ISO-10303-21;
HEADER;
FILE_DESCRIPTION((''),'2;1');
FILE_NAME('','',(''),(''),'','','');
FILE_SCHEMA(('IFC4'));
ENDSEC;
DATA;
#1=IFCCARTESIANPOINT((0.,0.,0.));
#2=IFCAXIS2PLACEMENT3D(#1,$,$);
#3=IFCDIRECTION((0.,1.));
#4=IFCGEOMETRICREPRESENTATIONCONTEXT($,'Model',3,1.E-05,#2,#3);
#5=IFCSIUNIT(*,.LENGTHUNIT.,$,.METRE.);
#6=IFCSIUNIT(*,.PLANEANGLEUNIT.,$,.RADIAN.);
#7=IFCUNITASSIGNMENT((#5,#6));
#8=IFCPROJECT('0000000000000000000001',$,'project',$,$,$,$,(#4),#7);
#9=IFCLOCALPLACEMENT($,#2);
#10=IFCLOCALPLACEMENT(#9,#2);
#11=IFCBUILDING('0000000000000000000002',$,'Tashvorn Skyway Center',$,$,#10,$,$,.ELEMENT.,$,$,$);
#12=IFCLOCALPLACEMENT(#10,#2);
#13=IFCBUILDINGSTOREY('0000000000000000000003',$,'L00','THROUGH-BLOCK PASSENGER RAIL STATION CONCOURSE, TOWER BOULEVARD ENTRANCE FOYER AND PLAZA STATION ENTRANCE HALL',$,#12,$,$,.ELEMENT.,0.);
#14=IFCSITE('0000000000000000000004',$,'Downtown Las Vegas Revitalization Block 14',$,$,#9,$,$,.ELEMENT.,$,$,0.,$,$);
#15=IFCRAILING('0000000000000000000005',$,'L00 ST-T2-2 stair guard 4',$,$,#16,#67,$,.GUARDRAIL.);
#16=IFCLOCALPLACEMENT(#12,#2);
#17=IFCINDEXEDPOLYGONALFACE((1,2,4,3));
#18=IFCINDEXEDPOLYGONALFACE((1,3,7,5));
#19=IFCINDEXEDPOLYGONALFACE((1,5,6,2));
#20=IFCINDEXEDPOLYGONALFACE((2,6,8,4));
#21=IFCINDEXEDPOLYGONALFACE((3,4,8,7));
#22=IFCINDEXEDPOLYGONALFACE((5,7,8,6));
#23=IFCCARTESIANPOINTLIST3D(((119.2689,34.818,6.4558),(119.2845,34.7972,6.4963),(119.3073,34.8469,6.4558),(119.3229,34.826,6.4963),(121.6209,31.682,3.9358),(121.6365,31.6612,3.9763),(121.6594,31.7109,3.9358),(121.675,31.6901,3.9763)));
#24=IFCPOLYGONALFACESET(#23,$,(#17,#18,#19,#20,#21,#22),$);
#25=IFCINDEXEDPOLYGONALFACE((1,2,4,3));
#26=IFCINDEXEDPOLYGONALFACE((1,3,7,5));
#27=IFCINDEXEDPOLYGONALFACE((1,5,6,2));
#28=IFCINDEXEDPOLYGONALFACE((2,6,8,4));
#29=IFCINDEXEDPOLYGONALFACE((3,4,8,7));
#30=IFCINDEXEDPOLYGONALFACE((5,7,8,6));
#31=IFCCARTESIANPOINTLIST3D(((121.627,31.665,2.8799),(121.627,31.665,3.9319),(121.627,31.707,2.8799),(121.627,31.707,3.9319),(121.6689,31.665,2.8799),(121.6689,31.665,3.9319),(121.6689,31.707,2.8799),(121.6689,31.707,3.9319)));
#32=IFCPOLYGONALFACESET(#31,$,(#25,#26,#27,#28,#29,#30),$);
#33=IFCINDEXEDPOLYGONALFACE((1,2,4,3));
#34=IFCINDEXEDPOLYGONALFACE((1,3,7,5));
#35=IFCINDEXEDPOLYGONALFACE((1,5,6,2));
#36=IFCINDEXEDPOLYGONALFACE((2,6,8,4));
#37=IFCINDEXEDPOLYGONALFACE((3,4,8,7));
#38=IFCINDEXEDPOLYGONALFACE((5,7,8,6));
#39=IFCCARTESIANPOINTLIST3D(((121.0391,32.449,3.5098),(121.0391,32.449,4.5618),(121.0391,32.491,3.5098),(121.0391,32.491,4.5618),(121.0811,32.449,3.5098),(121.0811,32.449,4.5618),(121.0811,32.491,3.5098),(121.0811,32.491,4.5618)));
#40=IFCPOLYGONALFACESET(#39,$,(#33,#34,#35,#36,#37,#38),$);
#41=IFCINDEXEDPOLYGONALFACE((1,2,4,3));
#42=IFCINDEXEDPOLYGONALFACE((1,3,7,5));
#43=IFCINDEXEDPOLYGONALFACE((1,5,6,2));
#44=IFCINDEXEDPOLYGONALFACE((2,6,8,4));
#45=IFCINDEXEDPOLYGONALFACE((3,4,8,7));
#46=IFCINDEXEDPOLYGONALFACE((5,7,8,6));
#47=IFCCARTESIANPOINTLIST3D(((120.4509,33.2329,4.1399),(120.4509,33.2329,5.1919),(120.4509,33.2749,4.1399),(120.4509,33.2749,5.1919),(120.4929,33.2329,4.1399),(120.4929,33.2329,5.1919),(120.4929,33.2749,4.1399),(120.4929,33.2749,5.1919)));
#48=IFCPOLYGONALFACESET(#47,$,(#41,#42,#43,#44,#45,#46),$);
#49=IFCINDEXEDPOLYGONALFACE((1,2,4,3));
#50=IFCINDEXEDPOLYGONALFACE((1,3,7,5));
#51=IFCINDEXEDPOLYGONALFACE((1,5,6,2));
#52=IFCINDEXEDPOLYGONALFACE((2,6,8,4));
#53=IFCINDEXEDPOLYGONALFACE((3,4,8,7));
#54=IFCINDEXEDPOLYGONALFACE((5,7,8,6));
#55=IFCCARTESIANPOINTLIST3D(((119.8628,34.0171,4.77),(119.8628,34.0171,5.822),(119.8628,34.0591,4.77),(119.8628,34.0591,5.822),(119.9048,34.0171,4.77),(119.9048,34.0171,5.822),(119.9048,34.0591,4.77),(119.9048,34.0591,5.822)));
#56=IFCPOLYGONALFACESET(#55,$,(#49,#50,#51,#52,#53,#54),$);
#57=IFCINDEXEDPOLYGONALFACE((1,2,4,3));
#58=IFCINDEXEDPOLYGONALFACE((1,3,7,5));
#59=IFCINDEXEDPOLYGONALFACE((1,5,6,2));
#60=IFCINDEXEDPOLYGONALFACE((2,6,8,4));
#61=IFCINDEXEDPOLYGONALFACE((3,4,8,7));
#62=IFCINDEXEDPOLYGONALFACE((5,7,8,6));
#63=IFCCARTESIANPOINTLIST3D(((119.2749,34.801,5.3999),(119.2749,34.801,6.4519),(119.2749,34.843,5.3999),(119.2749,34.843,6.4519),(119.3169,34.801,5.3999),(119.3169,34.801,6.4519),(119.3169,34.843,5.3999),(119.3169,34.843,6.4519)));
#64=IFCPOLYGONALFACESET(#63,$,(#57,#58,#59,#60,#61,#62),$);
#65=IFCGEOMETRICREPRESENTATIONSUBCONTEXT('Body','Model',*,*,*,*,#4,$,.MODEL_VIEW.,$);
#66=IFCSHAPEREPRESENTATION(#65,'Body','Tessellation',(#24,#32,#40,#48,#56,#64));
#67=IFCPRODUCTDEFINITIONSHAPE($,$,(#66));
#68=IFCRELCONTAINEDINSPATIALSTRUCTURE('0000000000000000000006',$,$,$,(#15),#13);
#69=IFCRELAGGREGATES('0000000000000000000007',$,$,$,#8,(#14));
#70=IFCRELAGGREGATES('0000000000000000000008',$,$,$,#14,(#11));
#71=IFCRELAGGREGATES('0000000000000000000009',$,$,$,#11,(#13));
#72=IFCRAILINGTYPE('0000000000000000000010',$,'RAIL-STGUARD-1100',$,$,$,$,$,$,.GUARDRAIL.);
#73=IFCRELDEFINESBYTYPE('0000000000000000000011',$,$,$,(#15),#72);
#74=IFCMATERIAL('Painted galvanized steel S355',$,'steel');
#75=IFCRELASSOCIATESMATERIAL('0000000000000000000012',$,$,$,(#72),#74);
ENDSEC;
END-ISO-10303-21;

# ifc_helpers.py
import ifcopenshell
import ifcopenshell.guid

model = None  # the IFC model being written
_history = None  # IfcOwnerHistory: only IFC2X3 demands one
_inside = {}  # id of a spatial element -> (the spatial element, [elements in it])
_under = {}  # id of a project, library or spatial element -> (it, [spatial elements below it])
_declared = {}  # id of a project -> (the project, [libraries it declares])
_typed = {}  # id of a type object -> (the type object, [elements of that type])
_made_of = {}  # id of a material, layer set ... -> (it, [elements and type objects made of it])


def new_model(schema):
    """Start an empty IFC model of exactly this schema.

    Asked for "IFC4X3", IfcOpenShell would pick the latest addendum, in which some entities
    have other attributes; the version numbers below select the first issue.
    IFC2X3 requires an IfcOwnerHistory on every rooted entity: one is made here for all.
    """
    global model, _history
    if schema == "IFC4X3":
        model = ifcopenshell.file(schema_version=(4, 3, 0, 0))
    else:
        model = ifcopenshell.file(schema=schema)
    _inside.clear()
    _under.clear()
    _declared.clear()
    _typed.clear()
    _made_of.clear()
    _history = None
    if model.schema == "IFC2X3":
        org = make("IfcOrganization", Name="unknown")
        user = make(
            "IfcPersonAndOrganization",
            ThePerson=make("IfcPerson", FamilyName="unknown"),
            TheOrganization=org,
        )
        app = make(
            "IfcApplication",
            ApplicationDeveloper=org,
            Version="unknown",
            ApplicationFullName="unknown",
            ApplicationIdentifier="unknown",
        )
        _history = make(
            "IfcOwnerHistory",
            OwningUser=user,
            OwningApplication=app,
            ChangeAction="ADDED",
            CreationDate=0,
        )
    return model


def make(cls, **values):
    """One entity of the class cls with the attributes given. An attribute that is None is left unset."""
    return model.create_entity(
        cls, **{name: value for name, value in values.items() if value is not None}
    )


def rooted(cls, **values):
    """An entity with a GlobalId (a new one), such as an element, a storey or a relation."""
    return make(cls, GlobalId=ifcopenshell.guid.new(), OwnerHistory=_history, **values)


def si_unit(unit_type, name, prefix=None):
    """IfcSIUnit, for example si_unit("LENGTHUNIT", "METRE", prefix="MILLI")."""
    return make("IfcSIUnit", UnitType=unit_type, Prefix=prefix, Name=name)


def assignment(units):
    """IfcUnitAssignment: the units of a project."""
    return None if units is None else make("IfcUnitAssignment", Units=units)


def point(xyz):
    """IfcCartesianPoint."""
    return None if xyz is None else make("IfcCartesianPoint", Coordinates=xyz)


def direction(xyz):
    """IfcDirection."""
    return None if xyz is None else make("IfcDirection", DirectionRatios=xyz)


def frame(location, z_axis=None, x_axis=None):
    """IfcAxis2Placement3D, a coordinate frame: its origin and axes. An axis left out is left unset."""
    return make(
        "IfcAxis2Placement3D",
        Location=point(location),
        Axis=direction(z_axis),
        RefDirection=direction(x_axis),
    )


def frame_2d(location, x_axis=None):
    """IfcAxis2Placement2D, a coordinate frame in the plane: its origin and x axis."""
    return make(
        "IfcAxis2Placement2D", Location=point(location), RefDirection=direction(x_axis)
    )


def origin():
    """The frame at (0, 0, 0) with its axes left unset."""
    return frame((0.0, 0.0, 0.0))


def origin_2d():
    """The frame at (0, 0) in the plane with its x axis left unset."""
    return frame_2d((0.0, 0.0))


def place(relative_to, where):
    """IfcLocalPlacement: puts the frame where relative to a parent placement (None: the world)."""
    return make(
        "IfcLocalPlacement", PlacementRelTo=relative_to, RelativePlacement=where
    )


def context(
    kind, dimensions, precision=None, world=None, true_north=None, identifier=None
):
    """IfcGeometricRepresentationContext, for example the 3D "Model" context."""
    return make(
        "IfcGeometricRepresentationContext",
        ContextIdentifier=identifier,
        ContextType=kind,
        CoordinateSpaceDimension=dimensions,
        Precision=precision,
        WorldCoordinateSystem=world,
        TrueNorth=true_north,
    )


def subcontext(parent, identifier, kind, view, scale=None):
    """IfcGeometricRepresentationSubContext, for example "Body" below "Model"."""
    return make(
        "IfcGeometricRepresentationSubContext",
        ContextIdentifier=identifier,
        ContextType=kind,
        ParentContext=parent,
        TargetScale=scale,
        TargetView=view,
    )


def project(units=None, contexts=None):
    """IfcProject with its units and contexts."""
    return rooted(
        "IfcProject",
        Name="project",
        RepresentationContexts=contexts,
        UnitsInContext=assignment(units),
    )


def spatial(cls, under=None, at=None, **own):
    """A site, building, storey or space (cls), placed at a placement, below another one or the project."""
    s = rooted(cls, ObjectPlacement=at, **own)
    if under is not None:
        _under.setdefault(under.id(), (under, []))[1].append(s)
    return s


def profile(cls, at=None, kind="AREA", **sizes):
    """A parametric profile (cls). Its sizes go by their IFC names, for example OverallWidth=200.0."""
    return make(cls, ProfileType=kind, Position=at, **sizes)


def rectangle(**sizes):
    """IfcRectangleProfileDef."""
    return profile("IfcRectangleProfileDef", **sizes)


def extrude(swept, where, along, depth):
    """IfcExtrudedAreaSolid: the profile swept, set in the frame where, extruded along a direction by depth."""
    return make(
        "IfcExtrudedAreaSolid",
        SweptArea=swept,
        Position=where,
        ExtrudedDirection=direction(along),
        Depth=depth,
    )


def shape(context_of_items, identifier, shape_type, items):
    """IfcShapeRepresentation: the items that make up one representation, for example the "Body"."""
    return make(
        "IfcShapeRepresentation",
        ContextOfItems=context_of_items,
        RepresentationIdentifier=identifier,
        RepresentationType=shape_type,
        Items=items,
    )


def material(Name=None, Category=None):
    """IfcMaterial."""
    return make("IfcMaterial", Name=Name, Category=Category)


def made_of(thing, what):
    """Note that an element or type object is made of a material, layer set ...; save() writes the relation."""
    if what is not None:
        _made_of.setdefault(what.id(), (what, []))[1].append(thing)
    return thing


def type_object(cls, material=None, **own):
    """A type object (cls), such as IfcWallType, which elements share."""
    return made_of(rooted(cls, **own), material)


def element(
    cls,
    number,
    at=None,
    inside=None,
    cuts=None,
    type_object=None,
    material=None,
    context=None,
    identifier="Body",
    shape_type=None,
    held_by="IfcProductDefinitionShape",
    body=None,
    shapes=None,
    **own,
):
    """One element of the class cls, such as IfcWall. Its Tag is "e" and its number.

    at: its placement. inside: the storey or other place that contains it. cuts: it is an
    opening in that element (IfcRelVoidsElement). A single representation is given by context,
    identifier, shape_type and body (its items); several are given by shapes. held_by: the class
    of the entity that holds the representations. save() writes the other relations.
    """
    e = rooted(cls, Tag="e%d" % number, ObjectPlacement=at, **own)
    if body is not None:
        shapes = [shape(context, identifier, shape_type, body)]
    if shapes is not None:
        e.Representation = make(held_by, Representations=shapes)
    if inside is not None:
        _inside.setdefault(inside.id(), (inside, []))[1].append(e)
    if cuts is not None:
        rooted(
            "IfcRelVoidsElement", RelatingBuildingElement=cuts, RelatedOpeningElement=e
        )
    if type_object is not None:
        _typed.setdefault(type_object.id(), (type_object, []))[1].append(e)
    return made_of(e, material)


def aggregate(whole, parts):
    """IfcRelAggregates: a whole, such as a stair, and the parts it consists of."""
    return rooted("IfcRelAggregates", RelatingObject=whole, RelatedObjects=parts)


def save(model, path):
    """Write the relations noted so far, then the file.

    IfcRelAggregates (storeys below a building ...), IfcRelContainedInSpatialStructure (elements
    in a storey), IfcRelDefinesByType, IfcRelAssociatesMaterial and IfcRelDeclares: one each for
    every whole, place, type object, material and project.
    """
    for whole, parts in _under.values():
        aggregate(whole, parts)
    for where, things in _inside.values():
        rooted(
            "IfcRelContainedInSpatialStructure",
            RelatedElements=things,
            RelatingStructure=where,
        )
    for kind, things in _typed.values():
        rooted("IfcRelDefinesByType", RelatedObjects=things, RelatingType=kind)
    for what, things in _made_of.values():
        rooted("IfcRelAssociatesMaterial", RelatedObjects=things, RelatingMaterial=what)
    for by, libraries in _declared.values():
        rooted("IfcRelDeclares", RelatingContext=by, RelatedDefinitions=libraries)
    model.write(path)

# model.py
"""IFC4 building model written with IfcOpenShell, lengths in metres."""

from ifc_helpers import new_model, si_unit, direction, frame, origin, origin_2d, place, context, subcontext, project, spatial, rectangle, extrude, material, type_object, element, save


model = new_model("IFC4")

# Units and contexts
model_context = context("Model", 3, precision=1e-05, world=origin(), true_north=direction((0.0, 1.0)))
body_context = subcontext(model_context, "Body", "Model", "MODEL_VIEW")
ifc_project = project(units=[si_unit("LENGTHUNIT", "METRE"), si_unit("PLANEANGLEUNIT", "RADIAN")], contexts=[model_context])

# Site, building, storey
site_placement = place(None, origin())
site = spatial("IfcSite", under=ifc_project, at=site_placement, Name="Downtown Las Vegas Revitalization Block 14", CompositionType="ELEMENT", RefElevation=0.0)
building_placement = place(site_placement, origin())
building = spatial("IfcBuilding", under=site, at=building_placement, Name="Tashvorn Skyway Center", CompositionType="ELEMENT")
storey_placement = place(building_placement, origin())
storey = spatial("IfcBuildingStorey", under=building, at=storey_placement, Name="L00", Description="THROUGH-BLOCK PASSENGER RAIL STATION CONCOURSE, TOWER BOULEVARD ENTRANCE FOYER AND PLAZA STATION ENTRANCE HALL", CompositionType="ELEMENT", Elevation=0.0)

# Railing
ifc_material_1 = material(Name="Painted galvanized steel S355", Category="steel")
railing_type_1 = type_object("IfcRailingType", Name="RAIL-STGUARD-1100", PredefinedType="GUARDRAIL", material=ifc_material_1)
railing_1_placement = place(storey_placement, frame((121.6479, 31.686, 2.8799)))
element("IfcRailing", 1, at=railing_1_placement, inside=storey, type_object=railing_type_1, Name="L00 ST-T2-2 stair guard 4", PredefinedType="GUARDRAIL", context=body_context, shape_type="SweptSolid", body=[
    extrude(rectangle(XDim=0.0481, YDim=0.0481, at=origin_2d()), frame((0.0, 0.0, 1.0762), z_axis=(-0.504715, 0.672936, 0.540759), x_axis=(-0.799993, -0.60001, 0.0)), (0.0, 0.0, 1.0), 4.6602),
    extrude(rectangle(XDim=0.042, YDim=0.042, at=origin_2d()), origin(), (0.0, 0.0, 1.0), 1.052),
    extrude(rectangle(XDim=0.042, YDim=0.042, at=origin_2d()), frame((-0.5879, 0.7839, 0.6299)), (0.0, 0.0, 1.0), 1.052),
    extrude(rectangle(XDim=0.042, YDim=0.042, at=origin_2d()), frame((-1.176, 1.5679, 1.26)), (0.0, 0.0, 1.0), 1.052),
    extrude(rectangle(XDim=0.042, YDim=0.042, at=origin_2d()), frame((-1.7642, 2.3521, 1.8901)), (0.0, 0.0, 1.0), 1.052),
    extrude(rectangle(XDim=0.042, YDim=0.042, at=origin_2d()), frame((-2.3521, 3.136, 2.52)), (0.0, 0.0, 1.0), 1.052),
])

save(model, "model.ifc")
